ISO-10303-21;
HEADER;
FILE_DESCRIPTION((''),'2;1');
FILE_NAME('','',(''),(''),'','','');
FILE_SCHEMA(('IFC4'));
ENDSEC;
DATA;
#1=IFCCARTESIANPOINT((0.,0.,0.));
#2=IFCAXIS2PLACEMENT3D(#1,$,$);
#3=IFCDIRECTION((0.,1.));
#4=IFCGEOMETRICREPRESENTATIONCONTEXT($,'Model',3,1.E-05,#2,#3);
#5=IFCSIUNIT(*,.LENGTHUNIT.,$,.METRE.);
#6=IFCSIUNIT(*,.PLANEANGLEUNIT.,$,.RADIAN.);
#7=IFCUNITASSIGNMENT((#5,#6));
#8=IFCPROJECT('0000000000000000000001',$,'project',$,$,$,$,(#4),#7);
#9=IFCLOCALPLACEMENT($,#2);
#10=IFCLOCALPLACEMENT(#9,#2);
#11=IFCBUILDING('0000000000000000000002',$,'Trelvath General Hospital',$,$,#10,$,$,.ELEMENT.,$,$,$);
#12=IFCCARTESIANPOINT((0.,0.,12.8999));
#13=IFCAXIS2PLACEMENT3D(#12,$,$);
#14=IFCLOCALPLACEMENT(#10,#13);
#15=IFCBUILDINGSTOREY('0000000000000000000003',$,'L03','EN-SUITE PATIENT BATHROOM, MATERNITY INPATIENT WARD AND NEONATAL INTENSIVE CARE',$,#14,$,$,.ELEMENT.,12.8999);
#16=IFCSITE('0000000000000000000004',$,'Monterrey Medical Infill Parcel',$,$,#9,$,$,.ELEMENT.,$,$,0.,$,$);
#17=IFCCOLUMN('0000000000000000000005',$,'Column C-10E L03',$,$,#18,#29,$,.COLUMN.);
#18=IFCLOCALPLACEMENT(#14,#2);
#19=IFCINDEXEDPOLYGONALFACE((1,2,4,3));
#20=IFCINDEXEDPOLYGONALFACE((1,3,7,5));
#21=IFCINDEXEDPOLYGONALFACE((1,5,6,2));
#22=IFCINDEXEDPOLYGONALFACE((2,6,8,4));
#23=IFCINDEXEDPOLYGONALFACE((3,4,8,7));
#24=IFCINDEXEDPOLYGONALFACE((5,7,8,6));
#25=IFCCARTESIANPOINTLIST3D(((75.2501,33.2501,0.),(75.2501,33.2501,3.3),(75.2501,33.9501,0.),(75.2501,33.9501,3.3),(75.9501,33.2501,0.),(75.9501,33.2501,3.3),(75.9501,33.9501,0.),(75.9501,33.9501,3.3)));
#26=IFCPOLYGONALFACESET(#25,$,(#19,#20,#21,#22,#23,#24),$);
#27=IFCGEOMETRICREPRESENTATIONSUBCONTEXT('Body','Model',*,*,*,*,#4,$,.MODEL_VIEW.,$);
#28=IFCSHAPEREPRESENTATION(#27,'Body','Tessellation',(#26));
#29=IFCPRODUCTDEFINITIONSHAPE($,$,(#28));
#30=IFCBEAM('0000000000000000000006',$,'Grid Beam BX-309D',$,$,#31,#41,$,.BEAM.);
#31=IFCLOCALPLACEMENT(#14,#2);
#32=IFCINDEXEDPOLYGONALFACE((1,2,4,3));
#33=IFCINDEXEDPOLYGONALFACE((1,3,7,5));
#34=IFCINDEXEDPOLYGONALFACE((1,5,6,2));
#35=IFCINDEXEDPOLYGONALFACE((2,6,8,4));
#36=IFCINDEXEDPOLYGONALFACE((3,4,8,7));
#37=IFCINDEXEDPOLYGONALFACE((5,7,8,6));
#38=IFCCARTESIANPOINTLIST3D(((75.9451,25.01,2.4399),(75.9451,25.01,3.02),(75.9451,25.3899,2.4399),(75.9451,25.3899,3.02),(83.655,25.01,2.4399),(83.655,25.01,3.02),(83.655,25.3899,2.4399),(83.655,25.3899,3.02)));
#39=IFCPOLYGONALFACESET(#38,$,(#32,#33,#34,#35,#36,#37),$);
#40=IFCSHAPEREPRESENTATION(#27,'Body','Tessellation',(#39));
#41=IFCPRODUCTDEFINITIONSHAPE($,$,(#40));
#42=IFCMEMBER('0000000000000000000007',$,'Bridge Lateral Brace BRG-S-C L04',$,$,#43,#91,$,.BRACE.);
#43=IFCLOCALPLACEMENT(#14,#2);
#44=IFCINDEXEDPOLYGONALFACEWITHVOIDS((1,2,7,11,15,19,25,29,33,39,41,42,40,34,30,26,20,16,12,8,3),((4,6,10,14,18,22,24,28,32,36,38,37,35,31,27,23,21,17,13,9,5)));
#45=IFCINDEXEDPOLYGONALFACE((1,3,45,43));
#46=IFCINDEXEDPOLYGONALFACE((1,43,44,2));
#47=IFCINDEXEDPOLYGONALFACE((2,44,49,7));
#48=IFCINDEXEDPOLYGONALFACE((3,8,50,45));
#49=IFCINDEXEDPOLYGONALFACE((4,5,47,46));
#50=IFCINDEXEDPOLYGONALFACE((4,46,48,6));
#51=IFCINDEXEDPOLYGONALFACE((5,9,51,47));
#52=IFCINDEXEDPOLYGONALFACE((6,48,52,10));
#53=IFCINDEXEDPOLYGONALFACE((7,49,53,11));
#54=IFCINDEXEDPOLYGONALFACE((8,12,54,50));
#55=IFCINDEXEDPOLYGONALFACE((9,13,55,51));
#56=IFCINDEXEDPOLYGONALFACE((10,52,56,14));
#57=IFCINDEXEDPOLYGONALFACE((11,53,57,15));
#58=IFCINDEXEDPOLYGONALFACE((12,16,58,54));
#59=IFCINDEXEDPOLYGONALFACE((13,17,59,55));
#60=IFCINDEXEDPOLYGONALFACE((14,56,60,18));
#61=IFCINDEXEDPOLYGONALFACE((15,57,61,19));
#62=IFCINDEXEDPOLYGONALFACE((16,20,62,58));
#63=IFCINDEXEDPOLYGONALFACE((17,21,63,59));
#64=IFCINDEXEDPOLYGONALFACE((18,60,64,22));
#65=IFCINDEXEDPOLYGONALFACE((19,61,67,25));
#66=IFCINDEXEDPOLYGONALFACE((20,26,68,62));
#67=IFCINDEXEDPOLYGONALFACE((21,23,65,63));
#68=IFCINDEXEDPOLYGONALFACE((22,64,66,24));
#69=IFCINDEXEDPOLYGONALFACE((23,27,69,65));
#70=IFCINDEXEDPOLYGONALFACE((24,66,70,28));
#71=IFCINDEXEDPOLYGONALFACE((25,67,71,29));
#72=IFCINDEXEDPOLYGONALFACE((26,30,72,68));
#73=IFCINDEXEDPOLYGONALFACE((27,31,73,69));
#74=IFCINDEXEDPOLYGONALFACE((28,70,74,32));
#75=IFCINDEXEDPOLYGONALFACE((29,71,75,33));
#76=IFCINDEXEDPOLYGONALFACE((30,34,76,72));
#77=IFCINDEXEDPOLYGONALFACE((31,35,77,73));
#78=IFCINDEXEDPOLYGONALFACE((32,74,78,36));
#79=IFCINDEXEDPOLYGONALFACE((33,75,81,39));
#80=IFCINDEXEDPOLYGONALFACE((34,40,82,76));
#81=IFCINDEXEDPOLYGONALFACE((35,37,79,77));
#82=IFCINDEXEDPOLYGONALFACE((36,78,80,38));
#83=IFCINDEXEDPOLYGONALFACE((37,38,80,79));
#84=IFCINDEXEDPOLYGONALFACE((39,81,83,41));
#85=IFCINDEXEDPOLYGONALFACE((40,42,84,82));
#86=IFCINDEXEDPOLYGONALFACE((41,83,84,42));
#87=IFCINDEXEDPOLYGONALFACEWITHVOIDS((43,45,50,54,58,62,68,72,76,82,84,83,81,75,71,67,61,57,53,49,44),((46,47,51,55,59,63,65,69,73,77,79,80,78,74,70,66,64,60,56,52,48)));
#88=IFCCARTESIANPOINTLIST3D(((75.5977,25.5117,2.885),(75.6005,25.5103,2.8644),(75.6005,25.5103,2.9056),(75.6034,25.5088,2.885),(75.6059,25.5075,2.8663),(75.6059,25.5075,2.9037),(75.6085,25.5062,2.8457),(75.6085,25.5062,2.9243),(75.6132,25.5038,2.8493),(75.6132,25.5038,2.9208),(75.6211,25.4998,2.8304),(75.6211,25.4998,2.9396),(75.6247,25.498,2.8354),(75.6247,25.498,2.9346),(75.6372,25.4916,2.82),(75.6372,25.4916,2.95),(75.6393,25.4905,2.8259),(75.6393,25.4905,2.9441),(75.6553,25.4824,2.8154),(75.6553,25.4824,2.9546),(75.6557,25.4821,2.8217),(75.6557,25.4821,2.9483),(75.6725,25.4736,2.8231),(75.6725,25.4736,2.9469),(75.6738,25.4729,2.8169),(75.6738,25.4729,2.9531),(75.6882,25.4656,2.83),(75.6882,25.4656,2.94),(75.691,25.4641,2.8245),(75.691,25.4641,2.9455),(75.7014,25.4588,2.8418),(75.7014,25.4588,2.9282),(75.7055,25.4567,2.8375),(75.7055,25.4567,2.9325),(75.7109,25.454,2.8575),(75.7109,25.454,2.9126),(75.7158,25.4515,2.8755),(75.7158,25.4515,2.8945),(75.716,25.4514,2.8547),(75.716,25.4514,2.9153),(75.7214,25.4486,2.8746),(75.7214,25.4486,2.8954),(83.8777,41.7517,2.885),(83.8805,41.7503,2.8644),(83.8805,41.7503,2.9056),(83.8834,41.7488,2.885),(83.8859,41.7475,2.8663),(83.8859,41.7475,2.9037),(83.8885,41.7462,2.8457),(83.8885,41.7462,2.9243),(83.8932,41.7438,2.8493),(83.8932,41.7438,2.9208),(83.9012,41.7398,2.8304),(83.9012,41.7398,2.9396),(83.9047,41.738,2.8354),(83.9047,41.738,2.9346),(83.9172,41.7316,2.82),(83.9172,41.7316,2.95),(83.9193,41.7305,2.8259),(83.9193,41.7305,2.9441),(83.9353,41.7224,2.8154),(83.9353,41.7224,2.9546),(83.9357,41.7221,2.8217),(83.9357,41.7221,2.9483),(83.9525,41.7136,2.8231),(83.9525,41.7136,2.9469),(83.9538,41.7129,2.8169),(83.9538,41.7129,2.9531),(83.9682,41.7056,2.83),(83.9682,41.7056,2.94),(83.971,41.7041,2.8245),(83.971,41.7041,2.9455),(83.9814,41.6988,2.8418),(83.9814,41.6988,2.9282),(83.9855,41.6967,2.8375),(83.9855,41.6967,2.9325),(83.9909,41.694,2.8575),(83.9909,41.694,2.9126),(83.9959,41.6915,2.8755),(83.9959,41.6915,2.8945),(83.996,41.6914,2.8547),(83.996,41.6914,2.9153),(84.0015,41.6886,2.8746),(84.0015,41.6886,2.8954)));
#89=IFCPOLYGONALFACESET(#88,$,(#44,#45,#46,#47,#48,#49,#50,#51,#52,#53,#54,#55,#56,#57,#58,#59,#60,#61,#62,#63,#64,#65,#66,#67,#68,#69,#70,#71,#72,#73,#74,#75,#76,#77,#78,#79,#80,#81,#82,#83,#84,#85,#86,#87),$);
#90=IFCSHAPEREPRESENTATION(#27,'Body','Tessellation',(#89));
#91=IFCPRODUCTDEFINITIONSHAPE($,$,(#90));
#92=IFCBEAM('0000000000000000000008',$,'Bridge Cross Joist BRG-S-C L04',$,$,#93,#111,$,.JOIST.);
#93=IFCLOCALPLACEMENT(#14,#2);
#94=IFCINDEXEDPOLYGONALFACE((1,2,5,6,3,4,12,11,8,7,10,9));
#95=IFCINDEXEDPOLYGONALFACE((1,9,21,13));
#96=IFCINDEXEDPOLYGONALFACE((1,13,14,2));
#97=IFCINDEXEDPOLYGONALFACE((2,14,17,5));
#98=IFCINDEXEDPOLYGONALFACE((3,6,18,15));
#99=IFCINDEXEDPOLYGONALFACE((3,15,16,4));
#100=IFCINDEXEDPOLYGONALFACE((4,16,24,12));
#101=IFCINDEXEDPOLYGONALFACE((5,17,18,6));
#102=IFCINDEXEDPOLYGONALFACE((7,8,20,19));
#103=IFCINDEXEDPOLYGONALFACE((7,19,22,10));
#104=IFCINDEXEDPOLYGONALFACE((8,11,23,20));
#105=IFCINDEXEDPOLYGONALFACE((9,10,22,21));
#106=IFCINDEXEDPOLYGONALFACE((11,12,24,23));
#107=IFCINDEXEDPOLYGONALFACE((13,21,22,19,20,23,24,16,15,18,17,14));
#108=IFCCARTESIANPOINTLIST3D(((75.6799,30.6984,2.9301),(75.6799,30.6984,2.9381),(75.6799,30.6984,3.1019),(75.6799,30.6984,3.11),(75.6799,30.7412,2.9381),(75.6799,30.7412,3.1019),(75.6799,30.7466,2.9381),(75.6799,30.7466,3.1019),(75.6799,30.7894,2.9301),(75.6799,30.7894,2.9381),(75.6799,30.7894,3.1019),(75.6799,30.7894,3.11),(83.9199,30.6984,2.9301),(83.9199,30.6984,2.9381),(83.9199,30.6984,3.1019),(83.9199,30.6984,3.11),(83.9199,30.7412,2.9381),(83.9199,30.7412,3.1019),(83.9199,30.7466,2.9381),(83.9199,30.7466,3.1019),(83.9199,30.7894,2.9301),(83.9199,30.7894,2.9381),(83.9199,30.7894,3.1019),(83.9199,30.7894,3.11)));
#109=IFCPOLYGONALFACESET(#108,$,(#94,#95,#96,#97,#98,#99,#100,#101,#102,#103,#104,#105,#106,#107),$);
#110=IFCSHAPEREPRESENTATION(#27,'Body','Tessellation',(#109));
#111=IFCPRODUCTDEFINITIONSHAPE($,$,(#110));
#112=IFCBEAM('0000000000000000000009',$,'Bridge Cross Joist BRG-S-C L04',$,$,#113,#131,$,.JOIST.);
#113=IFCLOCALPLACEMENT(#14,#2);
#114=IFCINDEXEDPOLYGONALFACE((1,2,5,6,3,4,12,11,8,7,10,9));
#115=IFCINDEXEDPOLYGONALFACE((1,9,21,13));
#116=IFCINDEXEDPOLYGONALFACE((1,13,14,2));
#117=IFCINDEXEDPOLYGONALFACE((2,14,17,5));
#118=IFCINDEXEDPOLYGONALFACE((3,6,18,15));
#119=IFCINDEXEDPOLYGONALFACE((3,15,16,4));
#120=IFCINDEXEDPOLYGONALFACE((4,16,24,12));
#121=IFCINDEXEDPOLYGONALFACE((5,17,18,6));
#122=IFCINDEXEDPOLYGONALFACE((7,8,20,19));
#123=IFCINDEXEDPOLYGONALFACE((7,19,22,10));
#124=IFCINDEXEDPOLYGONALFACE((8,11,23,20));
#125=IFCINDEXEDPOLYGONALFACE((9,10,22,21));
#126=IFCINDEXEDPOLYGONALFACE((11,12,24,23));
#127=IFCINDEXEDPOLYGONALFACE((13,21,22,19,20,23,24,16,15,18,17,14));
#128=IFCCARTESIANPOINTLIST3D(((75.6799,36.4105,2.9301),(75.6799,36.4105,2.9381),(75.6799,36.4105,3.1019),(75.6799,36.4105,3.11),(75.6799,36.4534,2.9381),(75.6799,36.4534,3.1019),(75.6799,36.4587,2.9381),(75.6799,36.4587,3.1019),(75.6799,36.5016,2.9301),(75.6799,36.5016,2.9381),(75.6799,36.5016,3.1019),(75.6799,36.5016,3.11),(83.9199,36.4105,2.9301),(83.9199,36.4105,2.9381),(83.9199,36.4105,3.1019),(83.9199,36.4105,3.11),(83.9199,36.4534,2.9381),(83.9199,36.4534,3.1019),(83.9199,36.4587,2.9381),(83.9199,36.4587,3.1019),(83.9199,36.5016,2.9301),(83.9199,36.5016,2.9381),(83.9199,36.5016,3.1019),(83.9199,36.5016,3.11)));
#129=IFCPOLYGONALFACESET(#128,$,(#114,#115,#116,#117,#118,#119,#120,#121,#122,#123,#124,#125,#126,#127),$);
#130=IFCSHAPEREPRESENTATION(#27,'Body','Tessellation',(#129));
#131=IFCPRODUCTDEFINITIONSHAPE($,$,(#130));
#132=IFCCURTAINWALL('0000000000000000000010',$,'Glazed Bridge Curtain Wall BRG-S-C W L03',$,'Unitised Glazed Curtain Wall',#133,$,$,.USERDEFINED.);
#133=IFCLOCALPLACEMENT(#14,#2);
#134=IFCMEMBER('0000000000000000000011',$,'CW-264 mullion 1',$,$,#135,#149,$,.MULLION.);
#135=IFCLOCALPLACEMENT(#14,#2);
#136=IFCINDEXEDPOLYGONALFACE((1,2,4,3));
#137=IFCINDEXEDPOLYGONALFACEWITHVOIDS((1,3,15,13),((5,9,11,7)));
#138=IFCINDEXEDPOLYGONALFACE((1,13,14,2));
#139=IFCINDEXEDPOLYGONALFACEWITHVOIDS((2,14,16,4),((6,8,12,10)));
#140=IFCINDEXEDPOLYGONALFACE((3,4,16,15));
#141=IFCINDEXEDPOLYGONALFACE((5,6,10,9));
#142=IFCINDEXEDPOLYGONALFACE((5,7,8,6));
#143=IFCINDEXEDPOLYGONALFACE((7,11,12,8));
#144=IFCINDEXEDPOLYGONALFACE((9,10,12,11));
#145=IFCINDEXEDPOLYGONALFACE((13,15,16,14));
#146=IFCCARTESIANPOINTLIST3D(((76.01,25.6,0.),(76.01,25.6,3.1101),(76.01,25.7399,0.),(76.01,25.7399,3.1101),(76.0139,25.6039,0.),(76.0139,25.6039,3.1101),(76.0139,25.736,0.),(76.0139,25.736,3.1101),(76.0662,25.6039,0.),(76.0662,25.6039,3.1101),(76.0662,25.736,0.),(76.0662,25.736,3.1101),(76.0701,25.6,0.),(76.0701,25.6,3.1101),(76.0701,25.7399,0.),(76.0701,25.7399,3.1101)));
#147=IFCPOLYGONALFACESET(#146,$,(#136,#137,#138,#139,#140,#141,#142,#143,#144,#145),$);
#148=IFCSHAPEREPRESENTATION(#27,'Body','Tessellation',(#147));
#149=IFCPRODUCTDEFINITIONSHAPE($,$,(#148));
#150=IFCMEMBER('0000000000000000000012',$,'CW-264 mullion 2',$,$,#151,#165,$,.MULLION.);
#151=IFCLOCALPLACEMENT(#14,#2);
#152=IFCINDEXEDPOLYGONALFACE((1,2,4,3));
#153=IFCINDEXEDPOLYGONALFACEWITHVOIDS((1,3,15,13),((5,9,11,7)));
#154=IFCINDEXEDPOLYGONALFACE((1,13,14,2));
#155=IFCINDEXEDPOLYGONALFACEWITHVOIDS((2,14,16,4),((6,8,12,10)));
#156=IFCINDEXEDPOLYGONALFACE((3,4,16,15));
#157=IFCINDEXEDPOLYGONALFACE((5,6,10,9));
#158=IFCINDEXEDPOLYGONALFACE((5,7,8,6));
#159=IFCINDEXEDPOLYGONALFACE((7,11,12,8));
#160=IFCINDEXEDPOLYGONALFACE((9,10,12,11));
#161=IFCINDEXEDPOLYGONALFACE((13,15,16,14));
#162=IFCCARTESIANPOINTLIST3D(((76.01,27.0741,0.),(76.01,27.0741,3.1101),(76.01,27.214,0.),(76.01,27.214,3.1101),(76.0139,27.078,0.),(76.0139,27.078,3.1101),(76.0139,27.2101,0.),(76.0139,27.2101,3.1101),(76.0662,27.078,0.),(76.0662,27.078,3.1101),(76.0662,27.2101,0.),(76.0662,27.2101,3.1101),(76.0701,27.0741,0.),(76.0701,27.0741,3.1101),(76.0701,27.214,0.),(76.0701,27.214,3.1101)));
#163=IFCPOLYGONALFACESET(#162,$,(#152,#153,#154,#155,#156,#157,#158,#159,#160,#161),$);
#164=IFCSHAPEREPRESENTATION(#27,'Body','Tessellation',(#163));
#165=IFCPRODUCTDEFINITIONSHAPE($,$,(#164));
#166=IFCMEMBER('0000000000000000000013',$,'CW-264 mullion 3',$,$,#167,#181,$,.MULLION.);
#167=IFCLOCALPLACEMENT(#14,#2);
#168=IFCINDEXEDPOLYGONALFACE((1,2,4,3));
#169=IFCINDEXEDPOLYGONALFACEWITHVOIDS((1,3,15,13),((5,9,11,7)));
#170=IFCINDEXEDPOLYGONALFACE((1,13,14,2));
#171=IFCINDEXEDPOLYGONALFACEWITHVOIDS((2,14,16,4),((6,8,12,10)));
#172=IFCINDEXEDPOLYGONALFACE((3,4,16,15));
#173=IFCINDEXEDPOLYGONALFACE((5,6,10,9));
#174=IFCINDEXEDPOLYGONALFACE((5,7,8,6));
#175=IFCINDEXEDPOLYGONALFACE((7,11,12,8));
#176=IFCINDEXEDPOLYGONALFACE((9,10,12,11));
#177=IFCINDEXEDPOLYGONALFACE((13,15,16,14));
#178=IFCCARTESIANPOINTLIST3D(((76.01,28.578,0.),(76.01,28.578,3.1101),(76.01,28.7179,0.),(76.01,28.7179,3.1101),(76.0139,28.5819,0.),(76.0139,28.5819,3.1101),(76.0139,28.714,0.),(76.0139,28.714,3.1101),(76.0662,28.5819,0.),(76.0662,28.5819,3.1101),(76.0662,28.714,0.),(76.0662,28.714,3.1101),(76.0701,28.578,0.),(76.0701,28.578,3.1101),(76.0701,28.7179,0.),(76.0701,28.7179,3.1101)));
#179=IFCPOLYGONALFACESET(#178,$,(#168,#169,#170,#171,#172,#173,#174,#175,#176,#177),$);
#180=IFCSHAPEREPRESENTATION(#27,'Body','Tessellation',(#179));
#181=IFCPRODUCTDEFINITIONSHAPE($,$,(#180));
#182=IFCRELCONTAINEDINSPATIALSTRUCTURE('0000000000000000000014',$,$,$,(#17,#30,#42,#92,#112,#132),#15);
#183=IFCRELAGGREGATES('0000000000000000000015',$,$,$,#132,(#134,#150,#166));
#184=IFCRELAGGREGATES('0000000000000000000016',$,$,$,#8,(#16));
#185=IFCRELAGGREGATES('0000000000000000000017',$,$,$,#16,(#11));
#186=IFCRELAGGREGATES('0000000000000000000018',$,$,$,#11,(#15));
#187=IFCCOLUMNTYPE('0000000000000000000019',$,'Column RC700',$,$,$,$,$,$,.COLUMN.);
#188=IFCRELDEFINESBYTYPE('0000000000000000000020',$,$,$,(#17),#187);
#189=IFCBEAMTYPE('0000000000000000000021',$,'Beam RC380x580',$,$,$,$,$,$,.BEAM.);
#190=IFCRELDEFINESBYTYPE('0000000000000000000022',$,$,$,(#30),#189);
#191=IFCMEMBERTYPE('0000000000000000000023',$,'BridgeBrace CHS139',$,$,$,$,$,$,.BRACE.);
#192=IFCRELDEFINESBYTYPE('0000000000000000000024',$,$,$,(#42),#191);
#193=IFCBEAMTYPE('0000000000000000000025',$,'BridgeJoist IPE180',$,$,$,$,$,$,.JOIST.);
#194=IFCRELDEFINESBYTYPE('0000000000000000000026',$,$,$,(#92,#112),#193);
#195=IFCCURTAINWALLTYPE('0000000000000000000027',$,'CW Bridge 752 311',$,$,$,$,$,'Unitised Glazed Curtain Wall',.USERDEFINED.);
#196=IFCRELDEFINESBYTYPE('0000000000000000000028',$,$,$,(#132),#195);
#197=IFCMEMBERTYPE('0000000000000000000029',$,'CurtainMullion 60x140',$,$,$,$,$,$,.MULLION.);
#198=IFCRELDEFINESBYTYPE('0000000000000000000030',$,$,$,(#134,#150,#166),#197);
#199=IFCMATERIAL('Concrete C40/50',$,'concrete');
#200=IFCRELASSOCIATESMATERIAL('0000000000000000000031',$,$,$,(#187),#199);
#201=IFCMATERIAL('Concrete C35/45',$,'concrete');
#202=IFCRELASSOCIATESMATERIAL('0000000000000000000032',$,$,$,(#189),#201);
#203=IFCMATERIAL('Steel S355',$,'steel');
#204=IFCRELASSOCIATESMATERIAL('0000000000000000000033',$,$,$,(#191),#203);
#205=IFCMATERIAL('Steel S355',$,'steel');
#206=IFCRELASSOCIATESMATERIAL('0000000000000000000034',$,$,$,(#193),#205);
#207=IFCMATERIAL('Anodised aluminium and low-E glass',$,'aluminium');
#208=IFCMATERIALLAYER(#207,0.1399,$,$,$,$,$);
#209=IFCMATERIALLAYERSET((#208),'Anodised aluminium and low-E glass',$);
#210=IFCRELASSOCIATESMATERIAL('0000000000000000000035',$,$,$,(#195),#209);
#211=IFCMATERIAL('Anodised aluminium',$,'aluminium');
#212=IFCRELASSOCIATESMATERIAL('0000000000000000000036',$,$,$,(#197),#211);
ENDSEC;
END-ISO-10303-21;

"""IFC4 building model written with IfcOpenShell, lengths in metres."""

from ifc_helpers import new_model, si_unit, direction, frame, origin, origin_2d, place, context, subcontext, project, spatial, rectangle, hollow_rectangle, hollow_circle, i_section, extrude, material, layer, layer_set, material_profile, profile_set, type_object, element, aggregate, save


model = new_model("IFC4")

# Units and contexts
model_context = context("Model", 3, precision=1e-05, world=origin(), true_north=direction((0.0, 1.0)))
body_context = subcontext(model_context, "Body", "Model", "MODEL_VIEW")
ifc_project = project(units=[si_unit("LENGTHUNIT", "METRE"), si_unit("PLANEANGLEUNIT", "RADIAN")], contexts=[model_context])

# Site, building, storey
site_placement = place(None, origin())
site = spatial("IfcSite", under=ifc_project, at=site_placement, Name="Monterrey Medical Infill Parcel", CompositionType="ELEMENT", RefElevation=0.0)
building_placement = place(site_placement, origin())
building = spatial("IfcBuilding", under=site, at=building_placement, Name="Trelvath General Hospital", CompositionType="ELEMENT")
storey_placement = place(building_placement, frame((0.0, 0.0, 12.8999)))
storey = spatial("IfcBuildingStorey", under=building, at=storey_placement, Name="L03", Description="EN-SUITE PATIENT BATHROOM, MATERNITY INPATIENT WARD AND NEONATAL INTENSIVE CARE", CompositionType="ELEMENT", Elevation=12.8999)

# Column
ifc_material_1 = material(Name="Concrete C40/50", Category="concrete")
ifc_material_profile_1 = material_profile(ifc_material_1, rectangle(XDim=0.7, YDim=0.7, at=origin_2d()), Name="RC700x700")
ifc_profile_set_1 = profile_set([ifc_material_profile_1], Name="Concrete C40/50")
column_type = type_object("IfcColumnType", Name="Column RC700", PredefinedType="COLUMN", material=ifc_profile_set_1)
column_placement = place(storey_placement, frame((75.6001, 33.6001, 0.0), z_axis=(0.0, 0.0, 1.0), x_axis=(1.0, 0.0, 0.0)))
element("IfcColumn", 1, at=column_placement, inside=storey, type_object=column_type, Name="Column C-10E L03", PredefinedType="COLUMN", context=body_context, shape_type="SweptSolid", body=[
    extrude(rectangle(XDim=0.7, YDim=0.7, at=origin_2d()), origin(), (0.0, 0.0, 1.0), 3.3),
])

# Beam
ifc_material_2 = material(Name="Concrete C35/45", Category="concrete")
ifc_material_profile_2 = material_profile(ifc_material_2, rectangle(XDim=0.3799, YDim=0.5801, at=origin_2d()), Name="RCB380x580")
ifc_profile_set_2 = profile_set([ifc_material_profile_2], Name="Concrete C35/45")
beam_type_1 = type_object("IfcBeamType", Name="Beam RC380x580", PredefinedType="BEAM", material=ifc_profile_set_2)
beam_placement = place(storey_placement, frame((75.9451, 25.2, 2.73), z_axis=(1.0, 0.0, 0.0), x_axis=(0.0, 1.0, 0.0)))
element("IfcBeam", 2, at=beam_placement, inside=storey, type_object=beam_type_1, Name="Grid Beam BX-309D", PredefinedType="BEAM", context=body_context, shape_type="SweptSolid", body=[
    extrude(rectangle(XDim=0.3799, YDim=0.5801, at=origin_2d()), origin(), (0.0, 0.0, 1.0), 7.71),
])

# Member
ifc_material_3 = material(Name="Steel S355", Category="steel")
ifc_material_profile_3 = material_profile(ifc_material_3, hollow_circle(Radius=0.0698, WallThickness=0.0063, at=origin_2d()), Name="CHS139.7x6.3")
ifc_profile_set_3 = profile_set([ifc_material_profile_3], Name="Steel S355")
member_type_1 = type_object("IfcMemberType", Name="BridgeBrace CHS139", PredefinedType="BRACE", material=ifc_profile_set_3)
member_1_placement = place(storey_placement, frame((75.6599, 25.48, 2.885), z_axis=(0.454223, 0.890888, 0.0), x_axis=(-0.890888, 0.454223, 0.0)))
element("IfcMember", 3, at=member_1_placement, inside=storey, type_object=member_type_1, Name="Bridge Lateral Brace BRG-S-C L04", PredefinedType="BRACE", context=body_context, shape_type="SweptSolid", body=[
    extrude(hollow_circle(Radius=0.0698, WallThickness=0.0063, at=origin_2d()), origin(), (0.0, 0.0, 1.0), 18.229),
])

# Beams
ifc_material_4 = material(Name="Steel S355", Category="steel")
ifc_material_profile_4 = material_profile(ifc_material_4, i_section(OverallWidth=0.0911, OverallDepth=0.1799, WebThickness=0.0054, FlangeThickness=0.0081, at=origin_2d()), Name="IPE180")
ifc_profile_set_4 = profile_set([ifc_material_profile_4], Name="Steel S355")
beam_type_2 = type_object("IfcBeamType", Name="BridgeJoist IPE180", PredefinedType="JOIST", material=ifc_profile_set_4)
for number, where, z_axis, x_axis, name in (
    (4, (75.6799, 30.7439, 3.02), (1.0, 0.0, 0.0), (0.0, 1.0, 0.0), "Bridge Cross Joist BRG-S-C L04"),
    (5, (75.6799, 36.4561, 3.02), (1.0, 0.0, 0.0), (0.0, 1.0, 0.0), "Bridge Cross Joist BRG-S-C L04"),
):
    element("IfcBeam", number, at=place(storey_placement, frame(where, z_axis=z_axis, x_axis=x_axis)), inside=storey, type_object=beam_type_2, Name=name, PredefinedType="JOIST", context=body_context, shape_type="SweptSolid", body=[
        extrude(i_section(OverallWidth=0.0911, OverallDepth=0.1799, WebThickness=0.0054, FlangeThickness=0.0081, at=origin_2d()), origin(), (0.0, 0.0, 1.0), 8.24),
    ])

# Curtain wall, members
ifc_material_5 = material(Name="Anodised aluminium and low-E glass", Category="aluminium")
ifc_layer_1 = layer(ifc_material_5, 0.1399)
ifc_layer_set_1 = layer_set([ifc_layer_1], Name="Anodised aluminium and low-E glass")
curtain_wall_type = type_object("IfcCurtainWallType", Name="CW Bridge 752 311", ElementType="Unitised Glazed Curtain Wall", PredefinedType="USERDEFINED", material=ifc_layer_set_1)
curtain_wall_placement = place(storey_placement, origin())
curtain_wall = element("IfcCurtainWall", 6, at=curtain_wall_placement, inside=storey, type_object=curtain_wall_type, Name="Glazed Bridge Curtain Wall BRG-S-C W L03", ObjectType="Unitised Glazed Curtain Wall", PredefinedType="USERDEFINED")
ifc_material_6 = material(Name="Anodised aluminium", Category="aluminium")
ifc_material_profile_5 = material_profile(ifc_material_6, hollow_rectangle(XDim=0.0601, YDim=0.1399, WallThickness=0.0039, at=origin_2d()), Name="RHS60x140x4")
ifc_profile_set_5 = profile_set([ifc_material_profile_5], Name="Anodised aluminium")
member_type_2 = type_object("IfcMemberType", Name="CurtainMullion 60x140", PredefinedType="MULLION", material=ifc_profile_set_5)
member_2_placement = place(storey_placement, frame((76.04, 25.6699, 0.0), z_axis=(0.0, 0.0, 1.0), x_axis=(-1.0, 0.0, 0.0)))
member_2 = element("IfcMember", 7, at=member_2_placement, type_object=member_type_2, Name="CW-264 mullion 1", PredefinedType="MULLION", context=body_context, shape_type="SweptSolid", body=[
    extrude(hollow_rectangle(XDim=0.0601, YDim=0.1399, WallThickness=0.0039, at=origin_2d()), origin(), (0.0, 0.0, 1.0), 3.1101),
])
member_3_placement = place(storey_placement, frame((76.04, 27.144, 0.0), z_axis=(0.0, 0.0, 1.0), x_axis=(-1.0, 0.0, 0.0)))
member_3 = element("IfcMember", 8, at=member_3_placement, type_object=member_type_2, Name="CW-264 mullion 2", PredefinedType="MULLION", context=body_context, shape_type="SweptSolid", body=[
    extrude(hollow_rectangle(XDim=0.0601, YDim=0.1399, WallThickness=0.0039, at=origin_2d()), origin(), (0.0, 0.0, 1.0), 3.1101),
])
member_4_placement = place(storey_placement, frame((76.04, 28.6479, 0.0), z_axis=(0.0, 0.0, 1.0), x_axis=(-1.0, 0.0, 0.0)))
member_4 = element("IfcMember", 9, at=member_4_placement, type_object=member_type_2, Name="CW-264 mullion 3", PredefinedType="MULLION", context=body_context, shape_type="SweptSolid", body=[
    extrude(hollow_rectangle(XDim=0.0601, YDim=0.1399, WallThickness=0.0039, at=origin_2d()), origin(), (0.0, 0.0, 1.0), 3.1101),
])
aggregate(curtain_wall, [member_2, member_3, member_4])

save(model, "model.ifc")
